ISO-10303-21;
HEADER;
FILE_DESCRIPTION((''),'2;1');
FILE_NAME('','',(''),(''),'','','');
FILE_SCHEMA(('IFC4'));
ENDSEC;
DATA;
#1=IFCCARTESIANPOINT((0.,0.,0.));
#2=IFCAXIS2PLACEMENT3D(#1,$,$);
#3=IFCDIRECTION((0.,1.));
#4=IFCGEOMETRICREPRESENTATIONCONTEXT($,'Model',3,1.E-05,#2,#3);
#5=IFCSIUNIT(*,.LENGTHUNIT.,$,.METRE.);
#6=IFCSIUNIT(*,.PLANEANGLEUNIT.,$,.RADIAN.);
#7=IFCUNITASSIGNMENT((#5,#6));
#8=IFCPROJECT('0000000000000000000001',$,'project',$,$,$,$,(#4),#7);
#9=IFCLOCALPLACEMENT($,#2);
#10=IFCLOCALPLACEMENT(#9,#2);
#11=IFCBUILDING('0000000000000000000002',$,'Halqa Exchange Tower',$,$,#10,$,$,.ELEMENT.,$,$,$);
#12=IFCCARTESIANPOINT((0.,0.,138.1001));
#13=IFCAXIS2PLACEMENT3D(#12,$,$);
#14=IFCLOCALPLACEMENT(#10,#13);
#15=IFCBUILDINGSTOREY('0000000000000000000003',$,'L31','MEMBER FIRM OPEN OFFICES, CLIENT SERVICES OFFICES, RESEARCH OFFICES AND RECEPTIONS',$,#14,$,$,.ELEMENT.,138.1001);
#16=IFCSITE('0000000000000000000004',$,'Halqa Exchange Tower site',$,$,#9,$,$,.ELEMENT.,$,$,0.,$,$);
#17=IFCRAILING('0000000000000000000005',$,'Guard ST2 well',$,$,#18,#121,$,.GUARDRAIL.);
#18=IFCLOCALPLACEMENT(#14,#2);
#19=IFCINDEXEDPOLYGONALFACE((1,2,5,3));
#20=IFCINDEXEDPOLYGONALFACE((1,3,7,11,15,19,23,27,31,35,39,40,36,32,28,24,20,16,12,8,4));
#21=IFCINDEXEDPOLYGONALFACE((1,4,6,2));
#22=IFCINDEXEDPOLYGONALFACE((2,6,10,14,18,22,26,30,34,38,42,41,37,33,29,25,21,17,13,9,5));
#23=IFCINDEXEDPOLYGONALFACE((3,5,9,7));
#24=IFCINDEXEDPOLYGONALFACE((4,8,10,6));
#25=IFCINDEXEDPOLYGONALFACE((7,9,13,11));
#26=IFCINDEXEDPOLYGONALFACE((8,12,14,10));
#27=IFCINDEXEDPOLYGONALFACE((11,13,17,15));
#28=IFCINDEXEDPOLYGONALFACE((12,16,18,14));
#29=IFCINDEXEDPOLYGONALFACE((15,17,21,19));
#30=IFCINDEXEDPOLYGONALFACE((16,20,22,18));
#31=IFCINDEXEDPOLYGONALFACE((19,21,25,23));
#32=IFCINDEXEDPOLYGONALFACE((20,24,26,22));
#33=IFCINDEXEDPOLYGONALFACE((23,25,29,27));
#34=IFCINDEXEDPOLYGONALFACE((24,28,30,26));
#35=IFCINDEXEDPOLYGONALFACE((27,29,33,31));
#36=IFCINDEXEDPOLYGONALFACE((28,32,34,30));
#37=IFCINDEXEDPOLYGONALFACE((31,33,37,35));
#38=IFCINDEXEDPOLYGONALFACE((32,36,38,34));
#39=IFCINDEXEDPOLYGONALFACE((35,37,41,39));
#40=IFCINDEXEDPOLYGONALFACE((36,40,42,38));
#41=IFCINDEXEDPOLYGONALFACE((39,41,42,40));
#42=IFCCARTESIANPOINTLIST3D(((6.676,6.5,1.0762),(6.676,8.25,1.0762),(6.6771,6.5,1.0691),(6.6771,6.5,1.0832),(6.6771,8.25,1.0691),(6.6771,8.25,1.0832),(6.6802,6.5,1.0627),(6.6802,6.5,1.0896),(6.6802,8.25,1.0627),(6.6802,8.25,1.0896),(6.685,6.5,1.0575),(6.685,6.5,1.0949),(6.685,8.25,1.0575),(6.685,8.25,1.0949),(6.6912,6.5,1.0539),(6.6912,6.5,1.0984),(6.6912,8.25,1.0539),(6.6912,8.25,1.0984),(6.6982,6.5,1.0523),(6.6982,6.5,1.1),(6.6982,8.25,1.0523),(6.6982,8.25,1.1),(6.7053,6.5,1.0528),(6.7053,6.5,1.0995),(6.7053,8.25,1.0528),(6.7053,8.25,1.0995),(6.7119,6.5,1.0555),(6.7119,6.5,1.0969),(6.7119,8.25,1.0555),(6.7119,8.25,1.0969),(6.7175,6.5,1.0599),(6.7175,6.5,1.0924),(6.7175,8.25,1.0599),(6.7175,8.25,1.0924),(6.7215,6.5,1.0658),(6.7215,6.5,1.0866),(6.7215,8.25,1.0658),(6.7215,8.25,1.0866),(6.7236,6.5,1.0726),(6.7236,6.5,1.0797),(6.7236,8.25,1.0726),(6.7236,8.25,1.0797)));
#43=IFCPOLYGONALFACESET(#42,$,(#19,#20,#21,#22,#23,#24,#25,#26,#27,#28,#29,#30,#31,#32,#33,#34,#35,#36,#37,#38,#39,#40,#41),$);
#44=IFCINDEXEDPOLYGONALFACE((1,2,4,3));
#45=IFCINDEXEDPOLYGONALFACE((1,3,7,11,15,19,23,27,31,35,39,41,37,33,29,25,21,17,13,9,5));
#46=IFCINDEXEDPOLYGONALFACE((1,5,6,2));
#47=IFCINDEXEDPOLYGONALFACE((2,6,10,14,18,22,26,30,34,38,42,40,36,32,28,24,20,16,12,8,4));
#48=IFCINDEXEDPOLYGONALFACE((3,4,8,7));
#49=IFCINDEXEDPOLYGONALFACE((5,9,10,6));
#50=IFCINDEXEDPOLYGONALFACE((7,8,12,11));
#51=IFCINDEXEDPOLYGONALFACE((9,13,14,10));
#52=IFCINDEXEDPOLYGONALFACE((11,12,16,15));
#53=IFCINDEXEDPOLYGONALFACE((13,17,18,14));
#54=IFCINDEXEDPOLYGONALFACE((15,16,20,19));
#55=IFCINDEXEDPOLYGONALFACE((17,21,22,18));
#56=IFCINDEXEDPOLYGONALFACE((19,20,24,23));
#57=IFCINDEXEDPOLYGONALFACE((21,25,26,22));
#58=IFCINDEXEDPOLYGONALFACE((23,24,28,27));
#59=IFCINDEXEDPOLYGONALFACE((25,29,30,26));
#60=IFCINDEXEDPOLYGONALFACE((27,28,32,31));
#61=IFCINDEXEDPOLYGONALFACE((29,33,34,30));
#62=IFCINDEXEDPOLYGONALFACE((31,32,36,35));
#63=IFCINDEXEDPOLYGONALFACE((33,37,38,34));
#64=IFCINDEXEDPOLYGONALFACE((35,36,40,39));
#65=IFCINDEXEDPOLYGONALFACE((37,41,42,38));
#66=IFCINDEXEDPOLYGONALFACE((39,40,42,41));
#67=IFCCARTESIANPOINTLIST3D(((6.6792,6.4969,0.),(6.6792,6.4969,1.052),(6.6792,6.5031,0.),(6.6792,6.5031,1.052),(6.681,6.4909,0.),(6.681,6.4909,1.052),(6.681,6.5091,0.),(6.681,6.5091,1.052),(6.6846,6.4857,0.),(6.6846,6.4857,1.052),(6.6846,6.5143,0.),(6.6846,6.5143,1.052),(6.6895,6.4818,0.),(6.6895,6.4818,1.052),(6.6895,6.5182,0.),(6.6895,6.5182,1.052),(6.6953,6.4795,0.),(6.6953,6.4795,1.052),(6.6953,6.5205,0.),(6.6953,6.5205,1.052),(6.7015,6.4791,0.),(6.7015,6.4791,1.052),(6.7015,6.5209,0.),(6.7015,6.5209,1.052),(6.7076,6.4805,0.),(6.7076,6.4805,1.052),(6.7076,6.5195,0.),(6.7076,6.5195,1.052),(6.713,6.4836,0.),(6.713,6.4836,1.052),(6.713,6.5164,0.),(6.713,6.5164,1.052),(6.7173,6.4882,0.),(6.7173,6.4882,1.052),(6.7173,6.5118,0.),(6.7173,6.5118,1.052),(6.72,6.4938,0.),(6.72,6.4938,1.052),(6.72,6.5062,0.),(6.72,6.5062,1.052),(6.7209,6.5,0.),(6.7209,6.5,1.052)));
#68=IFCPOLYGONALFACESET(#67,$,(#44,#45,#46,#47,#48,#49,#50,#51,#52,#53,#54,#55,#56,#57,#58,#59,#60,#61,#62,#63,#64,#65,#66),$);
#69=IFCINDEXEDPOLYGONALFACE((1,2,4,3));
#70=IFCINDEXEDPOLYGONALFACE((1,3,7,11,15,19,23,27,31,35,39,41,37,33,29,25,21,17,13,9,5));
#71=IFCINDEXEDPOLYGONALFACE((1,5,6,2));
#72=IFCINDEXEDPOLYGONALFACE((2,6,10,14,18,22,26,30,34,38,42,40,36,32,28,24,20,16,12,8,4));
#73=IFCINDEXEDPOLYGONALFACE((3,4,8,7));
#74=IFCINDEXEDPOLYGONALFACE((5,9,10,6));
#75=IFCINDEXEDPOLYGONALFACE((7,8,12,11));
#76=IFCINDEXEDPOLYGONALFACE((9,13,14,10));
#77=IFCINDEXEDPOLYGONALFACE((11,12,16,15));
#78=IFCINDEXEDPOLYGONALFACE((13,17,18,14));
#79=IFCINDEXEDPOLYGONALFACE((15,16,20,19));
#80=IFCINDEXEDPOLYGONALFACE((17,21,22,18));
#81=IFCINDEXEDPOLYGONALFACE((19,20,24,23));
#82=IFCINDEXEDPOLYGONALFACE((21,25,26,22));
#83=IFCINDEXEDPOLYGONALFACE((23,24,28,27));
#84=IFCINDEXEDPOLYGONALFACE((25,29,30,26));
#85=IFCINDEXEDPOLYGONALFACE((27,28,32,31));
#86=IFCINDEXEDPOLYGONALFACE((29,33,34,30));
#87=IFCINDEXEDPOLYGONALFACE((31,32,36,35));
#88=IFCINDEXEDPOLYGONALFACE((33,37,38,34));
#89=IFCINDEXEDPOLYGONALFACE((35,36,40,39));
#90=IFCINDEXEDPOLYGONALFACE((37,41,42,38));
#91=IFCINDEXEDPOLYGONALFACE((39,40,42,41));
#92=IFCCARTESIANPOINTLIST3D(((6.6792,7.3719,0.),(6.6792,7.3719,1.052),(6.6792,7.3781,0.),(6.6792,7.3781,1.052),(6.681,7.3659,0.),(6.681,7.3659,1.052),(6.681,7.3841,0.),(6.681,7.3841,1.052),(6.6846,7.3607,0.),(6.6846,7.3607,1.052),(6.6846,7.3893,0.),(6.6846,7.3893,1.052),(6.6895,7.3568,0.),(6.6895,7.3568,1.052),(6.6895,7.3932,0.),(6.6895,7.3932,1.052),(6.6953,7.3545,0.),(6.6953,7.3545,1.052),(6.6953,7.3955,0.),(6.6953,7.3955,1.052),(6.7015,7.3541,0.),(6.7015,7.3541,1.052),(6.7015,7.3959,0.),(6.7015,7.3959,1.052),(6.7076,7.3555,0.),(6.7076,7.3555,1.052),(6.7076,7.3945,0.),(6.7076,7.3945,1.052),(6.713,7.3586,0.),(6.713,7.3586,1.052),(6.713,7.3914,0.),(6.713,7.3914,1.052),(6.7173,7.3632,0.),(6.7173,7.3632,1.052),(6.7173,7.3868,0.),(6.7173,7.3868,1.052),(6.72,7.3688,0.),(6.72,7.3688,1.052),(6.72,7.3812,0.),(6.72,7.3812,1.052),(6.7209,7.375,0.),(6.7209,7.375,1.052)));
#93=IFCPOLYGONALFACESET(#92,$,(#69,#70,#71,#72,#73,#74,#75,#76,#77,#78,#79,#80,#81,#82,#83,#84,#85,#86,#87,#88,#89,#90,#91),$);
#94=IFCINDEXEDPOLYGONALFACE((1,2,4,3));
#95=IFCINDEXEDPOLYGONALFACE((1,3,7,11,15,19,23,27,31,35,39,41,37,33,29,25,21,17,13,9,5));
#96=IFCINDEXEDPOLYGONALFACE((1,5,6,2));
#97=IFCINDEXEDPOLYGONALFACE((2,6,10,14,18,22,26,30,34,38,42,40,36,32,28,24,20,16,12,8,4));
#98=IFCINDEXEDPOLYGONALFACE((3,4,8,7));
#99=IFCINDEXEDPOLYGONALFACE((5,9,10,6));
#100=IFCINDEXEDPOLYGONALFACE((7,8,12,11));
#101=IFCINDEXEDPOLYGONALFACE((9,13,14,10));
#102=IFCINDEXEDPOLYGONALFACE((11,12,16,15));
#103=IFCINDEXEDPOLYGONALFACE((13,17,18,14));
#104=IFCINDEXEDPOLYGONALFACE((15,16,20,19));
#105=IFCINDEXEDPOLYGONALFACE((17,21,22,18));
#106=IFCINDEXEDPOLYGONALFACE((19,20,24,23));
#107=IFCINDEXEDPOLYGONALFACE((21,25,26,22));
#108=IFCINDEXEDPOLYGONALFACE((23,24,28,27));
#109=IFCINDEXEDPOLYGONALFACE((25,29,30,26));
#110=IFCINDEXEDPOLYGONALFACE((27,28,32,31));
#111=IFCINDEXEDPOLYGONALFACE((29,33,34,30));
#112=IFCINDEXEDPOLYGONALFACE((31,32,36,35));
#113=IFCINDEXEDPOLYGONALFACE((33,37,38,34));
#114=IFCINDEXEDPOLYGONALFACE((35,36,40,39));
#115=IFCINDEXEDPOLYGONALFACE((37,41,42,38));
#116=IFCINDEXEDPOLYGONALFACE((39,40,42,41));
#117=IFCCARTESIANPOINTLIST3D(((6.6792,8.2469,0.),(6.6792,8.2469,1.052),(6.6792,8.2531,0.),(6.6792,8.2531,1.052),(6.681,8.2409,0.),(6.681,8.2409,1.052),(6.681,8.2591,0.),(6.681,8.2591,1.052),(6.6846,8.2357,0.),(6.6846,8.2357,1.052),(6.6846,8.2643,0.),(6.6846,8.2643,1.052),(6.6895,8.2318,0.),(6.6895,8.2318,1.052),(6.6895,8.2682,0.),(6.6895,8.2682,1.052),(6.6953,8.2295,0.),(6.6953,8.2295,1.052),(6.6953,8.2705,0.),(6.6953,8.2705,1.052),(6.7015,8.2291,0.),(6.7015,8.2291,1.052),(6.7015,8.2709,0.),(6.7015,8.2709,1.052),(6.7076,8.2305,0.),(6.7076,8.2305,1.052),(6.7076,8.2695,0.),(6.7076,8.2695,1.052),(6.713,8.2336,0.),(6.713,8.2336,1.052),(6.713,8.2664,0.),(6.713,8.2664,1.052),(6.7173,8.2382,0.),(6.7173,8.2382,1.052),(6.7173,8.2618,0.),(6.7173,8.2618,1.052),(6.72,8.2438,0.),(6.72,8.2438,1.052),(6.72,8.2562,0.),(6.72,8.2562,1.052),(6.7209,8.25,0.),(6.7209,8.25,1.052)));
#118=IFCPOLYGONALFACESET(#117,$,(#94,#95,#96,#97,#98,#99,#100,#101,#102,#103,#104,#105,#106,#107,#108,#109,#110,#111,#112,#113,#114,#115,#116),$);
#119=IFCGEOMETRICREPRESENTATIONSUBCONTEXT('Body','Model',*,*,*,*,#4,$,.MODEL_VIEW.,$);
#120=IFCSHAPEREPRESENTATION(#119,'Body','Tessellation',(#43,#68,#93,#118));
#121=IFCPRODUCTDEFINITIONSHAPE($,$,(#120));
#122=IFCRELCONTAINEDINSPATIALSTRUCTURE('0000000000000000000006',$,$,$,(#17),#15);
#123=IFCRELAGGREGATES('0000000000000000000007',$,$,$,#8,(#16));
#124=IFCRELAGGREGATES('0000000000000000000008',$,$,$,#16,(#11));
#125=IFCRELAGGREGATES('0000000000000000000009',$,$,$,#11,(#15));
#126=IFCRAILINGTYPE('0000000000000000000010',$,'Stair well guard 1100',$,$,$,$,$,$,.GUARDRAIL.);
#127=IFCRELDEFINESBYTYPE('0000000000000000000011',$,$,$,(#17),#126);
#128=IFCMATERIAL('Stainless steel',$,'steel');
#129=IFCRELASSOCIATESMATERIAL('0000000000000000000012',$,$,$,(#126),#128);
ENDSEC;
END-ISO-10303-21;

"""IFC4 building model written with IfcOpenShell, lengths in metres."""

from ifc_helpers import new_model, si_unit, direction, frame, origin, origin_2d, place, context, subcontext, project, spatial, circle, extrude, material, type_object, element, save


model = new_model("IFC4")

# Units and contexts
model_context = context("Model", 3, precision=1e-05, world=origin(), true_north=direction((0.0, 1.0)))
body_context = subcontext(model_context, "Body", "Model", "MODEL_VIEW")
ifc_project = project(units=[si_unit("LENGTHUNIT", "METRE"), si_unit("PLANEANGLEUNIT", "RADIAN")], contexts=[model_context])

# Site, building, storey
site_placement = place(None, origin())
site = spatial("IfcSite", under=ifc_project, at=site_placement, Name="Halqa Exchange Tower site", CompositionType="ELEMENT", RefElevation=0.0)
building_placement = place(site_placement, origin())
building = spatial("IfcBuilding", under=site, at=building_placement, Name="Halqa Exchange Tower", CompositionType="ELEMENT")
storey_placement = place(building_placement, frame((0.0, 0.0, 138.1001)))
storey = spatial("IfcBuildingStorey", under=building, at=storey_placement, Name="L31", Description="MEMBER FIRM OPEN OFFICES, CLIENT SERVICES OFFICES, RESEARCH OFFICES AND RECEPTIONS", CompositionType="ELEMENT", Elevation=138.1001)

# Railing
ifc_material_1 = material(Name="Stainless steel", Category="steel")
railing_type_1 = type_object("IfcRailingType", Name="Stair well guard 1100", PredefinedType="GUARDRAIL", material=ifc_material_1)
railing_1_placement = place(storey_placement, frame((6.7, 6.5, 0.0)))
element("IfcRailing", 1, at=railing_1_placement, inside=storey, type_object=railing_type_1, Name="Guard ST2 well", PredefinedType="GUARDRAIL", context=body_context, shape_type="SweptSolid", body=[
    extrude(circle(Radius=0.0239, at=origin_2d()), frame((0.0, 0.0, 1.0762), z_axis=(0.0, 1.0, 0.0), x_axis=(-1.0, 0.0, 0.0)), (0.0, 0.0, 1.0), 1.75),
    extrude(circle(Radius=0.021, at=origin_2d()), origin(), (0.0, 0.0, 1.0), 1.052),
    extrude(circle(Radius=0.021, at=origin_2d()), frame((0.0, 0.875, 0.0)), (0.0, 0.0, 1.0), 1.052),
    extrude(circle(Radius=0.021, at=origin_2d()), frame((0.0, 1.75, 0.0)), (0.0, 0.0, 1.0), 1.052),
])

save(model, "model.ifc")
